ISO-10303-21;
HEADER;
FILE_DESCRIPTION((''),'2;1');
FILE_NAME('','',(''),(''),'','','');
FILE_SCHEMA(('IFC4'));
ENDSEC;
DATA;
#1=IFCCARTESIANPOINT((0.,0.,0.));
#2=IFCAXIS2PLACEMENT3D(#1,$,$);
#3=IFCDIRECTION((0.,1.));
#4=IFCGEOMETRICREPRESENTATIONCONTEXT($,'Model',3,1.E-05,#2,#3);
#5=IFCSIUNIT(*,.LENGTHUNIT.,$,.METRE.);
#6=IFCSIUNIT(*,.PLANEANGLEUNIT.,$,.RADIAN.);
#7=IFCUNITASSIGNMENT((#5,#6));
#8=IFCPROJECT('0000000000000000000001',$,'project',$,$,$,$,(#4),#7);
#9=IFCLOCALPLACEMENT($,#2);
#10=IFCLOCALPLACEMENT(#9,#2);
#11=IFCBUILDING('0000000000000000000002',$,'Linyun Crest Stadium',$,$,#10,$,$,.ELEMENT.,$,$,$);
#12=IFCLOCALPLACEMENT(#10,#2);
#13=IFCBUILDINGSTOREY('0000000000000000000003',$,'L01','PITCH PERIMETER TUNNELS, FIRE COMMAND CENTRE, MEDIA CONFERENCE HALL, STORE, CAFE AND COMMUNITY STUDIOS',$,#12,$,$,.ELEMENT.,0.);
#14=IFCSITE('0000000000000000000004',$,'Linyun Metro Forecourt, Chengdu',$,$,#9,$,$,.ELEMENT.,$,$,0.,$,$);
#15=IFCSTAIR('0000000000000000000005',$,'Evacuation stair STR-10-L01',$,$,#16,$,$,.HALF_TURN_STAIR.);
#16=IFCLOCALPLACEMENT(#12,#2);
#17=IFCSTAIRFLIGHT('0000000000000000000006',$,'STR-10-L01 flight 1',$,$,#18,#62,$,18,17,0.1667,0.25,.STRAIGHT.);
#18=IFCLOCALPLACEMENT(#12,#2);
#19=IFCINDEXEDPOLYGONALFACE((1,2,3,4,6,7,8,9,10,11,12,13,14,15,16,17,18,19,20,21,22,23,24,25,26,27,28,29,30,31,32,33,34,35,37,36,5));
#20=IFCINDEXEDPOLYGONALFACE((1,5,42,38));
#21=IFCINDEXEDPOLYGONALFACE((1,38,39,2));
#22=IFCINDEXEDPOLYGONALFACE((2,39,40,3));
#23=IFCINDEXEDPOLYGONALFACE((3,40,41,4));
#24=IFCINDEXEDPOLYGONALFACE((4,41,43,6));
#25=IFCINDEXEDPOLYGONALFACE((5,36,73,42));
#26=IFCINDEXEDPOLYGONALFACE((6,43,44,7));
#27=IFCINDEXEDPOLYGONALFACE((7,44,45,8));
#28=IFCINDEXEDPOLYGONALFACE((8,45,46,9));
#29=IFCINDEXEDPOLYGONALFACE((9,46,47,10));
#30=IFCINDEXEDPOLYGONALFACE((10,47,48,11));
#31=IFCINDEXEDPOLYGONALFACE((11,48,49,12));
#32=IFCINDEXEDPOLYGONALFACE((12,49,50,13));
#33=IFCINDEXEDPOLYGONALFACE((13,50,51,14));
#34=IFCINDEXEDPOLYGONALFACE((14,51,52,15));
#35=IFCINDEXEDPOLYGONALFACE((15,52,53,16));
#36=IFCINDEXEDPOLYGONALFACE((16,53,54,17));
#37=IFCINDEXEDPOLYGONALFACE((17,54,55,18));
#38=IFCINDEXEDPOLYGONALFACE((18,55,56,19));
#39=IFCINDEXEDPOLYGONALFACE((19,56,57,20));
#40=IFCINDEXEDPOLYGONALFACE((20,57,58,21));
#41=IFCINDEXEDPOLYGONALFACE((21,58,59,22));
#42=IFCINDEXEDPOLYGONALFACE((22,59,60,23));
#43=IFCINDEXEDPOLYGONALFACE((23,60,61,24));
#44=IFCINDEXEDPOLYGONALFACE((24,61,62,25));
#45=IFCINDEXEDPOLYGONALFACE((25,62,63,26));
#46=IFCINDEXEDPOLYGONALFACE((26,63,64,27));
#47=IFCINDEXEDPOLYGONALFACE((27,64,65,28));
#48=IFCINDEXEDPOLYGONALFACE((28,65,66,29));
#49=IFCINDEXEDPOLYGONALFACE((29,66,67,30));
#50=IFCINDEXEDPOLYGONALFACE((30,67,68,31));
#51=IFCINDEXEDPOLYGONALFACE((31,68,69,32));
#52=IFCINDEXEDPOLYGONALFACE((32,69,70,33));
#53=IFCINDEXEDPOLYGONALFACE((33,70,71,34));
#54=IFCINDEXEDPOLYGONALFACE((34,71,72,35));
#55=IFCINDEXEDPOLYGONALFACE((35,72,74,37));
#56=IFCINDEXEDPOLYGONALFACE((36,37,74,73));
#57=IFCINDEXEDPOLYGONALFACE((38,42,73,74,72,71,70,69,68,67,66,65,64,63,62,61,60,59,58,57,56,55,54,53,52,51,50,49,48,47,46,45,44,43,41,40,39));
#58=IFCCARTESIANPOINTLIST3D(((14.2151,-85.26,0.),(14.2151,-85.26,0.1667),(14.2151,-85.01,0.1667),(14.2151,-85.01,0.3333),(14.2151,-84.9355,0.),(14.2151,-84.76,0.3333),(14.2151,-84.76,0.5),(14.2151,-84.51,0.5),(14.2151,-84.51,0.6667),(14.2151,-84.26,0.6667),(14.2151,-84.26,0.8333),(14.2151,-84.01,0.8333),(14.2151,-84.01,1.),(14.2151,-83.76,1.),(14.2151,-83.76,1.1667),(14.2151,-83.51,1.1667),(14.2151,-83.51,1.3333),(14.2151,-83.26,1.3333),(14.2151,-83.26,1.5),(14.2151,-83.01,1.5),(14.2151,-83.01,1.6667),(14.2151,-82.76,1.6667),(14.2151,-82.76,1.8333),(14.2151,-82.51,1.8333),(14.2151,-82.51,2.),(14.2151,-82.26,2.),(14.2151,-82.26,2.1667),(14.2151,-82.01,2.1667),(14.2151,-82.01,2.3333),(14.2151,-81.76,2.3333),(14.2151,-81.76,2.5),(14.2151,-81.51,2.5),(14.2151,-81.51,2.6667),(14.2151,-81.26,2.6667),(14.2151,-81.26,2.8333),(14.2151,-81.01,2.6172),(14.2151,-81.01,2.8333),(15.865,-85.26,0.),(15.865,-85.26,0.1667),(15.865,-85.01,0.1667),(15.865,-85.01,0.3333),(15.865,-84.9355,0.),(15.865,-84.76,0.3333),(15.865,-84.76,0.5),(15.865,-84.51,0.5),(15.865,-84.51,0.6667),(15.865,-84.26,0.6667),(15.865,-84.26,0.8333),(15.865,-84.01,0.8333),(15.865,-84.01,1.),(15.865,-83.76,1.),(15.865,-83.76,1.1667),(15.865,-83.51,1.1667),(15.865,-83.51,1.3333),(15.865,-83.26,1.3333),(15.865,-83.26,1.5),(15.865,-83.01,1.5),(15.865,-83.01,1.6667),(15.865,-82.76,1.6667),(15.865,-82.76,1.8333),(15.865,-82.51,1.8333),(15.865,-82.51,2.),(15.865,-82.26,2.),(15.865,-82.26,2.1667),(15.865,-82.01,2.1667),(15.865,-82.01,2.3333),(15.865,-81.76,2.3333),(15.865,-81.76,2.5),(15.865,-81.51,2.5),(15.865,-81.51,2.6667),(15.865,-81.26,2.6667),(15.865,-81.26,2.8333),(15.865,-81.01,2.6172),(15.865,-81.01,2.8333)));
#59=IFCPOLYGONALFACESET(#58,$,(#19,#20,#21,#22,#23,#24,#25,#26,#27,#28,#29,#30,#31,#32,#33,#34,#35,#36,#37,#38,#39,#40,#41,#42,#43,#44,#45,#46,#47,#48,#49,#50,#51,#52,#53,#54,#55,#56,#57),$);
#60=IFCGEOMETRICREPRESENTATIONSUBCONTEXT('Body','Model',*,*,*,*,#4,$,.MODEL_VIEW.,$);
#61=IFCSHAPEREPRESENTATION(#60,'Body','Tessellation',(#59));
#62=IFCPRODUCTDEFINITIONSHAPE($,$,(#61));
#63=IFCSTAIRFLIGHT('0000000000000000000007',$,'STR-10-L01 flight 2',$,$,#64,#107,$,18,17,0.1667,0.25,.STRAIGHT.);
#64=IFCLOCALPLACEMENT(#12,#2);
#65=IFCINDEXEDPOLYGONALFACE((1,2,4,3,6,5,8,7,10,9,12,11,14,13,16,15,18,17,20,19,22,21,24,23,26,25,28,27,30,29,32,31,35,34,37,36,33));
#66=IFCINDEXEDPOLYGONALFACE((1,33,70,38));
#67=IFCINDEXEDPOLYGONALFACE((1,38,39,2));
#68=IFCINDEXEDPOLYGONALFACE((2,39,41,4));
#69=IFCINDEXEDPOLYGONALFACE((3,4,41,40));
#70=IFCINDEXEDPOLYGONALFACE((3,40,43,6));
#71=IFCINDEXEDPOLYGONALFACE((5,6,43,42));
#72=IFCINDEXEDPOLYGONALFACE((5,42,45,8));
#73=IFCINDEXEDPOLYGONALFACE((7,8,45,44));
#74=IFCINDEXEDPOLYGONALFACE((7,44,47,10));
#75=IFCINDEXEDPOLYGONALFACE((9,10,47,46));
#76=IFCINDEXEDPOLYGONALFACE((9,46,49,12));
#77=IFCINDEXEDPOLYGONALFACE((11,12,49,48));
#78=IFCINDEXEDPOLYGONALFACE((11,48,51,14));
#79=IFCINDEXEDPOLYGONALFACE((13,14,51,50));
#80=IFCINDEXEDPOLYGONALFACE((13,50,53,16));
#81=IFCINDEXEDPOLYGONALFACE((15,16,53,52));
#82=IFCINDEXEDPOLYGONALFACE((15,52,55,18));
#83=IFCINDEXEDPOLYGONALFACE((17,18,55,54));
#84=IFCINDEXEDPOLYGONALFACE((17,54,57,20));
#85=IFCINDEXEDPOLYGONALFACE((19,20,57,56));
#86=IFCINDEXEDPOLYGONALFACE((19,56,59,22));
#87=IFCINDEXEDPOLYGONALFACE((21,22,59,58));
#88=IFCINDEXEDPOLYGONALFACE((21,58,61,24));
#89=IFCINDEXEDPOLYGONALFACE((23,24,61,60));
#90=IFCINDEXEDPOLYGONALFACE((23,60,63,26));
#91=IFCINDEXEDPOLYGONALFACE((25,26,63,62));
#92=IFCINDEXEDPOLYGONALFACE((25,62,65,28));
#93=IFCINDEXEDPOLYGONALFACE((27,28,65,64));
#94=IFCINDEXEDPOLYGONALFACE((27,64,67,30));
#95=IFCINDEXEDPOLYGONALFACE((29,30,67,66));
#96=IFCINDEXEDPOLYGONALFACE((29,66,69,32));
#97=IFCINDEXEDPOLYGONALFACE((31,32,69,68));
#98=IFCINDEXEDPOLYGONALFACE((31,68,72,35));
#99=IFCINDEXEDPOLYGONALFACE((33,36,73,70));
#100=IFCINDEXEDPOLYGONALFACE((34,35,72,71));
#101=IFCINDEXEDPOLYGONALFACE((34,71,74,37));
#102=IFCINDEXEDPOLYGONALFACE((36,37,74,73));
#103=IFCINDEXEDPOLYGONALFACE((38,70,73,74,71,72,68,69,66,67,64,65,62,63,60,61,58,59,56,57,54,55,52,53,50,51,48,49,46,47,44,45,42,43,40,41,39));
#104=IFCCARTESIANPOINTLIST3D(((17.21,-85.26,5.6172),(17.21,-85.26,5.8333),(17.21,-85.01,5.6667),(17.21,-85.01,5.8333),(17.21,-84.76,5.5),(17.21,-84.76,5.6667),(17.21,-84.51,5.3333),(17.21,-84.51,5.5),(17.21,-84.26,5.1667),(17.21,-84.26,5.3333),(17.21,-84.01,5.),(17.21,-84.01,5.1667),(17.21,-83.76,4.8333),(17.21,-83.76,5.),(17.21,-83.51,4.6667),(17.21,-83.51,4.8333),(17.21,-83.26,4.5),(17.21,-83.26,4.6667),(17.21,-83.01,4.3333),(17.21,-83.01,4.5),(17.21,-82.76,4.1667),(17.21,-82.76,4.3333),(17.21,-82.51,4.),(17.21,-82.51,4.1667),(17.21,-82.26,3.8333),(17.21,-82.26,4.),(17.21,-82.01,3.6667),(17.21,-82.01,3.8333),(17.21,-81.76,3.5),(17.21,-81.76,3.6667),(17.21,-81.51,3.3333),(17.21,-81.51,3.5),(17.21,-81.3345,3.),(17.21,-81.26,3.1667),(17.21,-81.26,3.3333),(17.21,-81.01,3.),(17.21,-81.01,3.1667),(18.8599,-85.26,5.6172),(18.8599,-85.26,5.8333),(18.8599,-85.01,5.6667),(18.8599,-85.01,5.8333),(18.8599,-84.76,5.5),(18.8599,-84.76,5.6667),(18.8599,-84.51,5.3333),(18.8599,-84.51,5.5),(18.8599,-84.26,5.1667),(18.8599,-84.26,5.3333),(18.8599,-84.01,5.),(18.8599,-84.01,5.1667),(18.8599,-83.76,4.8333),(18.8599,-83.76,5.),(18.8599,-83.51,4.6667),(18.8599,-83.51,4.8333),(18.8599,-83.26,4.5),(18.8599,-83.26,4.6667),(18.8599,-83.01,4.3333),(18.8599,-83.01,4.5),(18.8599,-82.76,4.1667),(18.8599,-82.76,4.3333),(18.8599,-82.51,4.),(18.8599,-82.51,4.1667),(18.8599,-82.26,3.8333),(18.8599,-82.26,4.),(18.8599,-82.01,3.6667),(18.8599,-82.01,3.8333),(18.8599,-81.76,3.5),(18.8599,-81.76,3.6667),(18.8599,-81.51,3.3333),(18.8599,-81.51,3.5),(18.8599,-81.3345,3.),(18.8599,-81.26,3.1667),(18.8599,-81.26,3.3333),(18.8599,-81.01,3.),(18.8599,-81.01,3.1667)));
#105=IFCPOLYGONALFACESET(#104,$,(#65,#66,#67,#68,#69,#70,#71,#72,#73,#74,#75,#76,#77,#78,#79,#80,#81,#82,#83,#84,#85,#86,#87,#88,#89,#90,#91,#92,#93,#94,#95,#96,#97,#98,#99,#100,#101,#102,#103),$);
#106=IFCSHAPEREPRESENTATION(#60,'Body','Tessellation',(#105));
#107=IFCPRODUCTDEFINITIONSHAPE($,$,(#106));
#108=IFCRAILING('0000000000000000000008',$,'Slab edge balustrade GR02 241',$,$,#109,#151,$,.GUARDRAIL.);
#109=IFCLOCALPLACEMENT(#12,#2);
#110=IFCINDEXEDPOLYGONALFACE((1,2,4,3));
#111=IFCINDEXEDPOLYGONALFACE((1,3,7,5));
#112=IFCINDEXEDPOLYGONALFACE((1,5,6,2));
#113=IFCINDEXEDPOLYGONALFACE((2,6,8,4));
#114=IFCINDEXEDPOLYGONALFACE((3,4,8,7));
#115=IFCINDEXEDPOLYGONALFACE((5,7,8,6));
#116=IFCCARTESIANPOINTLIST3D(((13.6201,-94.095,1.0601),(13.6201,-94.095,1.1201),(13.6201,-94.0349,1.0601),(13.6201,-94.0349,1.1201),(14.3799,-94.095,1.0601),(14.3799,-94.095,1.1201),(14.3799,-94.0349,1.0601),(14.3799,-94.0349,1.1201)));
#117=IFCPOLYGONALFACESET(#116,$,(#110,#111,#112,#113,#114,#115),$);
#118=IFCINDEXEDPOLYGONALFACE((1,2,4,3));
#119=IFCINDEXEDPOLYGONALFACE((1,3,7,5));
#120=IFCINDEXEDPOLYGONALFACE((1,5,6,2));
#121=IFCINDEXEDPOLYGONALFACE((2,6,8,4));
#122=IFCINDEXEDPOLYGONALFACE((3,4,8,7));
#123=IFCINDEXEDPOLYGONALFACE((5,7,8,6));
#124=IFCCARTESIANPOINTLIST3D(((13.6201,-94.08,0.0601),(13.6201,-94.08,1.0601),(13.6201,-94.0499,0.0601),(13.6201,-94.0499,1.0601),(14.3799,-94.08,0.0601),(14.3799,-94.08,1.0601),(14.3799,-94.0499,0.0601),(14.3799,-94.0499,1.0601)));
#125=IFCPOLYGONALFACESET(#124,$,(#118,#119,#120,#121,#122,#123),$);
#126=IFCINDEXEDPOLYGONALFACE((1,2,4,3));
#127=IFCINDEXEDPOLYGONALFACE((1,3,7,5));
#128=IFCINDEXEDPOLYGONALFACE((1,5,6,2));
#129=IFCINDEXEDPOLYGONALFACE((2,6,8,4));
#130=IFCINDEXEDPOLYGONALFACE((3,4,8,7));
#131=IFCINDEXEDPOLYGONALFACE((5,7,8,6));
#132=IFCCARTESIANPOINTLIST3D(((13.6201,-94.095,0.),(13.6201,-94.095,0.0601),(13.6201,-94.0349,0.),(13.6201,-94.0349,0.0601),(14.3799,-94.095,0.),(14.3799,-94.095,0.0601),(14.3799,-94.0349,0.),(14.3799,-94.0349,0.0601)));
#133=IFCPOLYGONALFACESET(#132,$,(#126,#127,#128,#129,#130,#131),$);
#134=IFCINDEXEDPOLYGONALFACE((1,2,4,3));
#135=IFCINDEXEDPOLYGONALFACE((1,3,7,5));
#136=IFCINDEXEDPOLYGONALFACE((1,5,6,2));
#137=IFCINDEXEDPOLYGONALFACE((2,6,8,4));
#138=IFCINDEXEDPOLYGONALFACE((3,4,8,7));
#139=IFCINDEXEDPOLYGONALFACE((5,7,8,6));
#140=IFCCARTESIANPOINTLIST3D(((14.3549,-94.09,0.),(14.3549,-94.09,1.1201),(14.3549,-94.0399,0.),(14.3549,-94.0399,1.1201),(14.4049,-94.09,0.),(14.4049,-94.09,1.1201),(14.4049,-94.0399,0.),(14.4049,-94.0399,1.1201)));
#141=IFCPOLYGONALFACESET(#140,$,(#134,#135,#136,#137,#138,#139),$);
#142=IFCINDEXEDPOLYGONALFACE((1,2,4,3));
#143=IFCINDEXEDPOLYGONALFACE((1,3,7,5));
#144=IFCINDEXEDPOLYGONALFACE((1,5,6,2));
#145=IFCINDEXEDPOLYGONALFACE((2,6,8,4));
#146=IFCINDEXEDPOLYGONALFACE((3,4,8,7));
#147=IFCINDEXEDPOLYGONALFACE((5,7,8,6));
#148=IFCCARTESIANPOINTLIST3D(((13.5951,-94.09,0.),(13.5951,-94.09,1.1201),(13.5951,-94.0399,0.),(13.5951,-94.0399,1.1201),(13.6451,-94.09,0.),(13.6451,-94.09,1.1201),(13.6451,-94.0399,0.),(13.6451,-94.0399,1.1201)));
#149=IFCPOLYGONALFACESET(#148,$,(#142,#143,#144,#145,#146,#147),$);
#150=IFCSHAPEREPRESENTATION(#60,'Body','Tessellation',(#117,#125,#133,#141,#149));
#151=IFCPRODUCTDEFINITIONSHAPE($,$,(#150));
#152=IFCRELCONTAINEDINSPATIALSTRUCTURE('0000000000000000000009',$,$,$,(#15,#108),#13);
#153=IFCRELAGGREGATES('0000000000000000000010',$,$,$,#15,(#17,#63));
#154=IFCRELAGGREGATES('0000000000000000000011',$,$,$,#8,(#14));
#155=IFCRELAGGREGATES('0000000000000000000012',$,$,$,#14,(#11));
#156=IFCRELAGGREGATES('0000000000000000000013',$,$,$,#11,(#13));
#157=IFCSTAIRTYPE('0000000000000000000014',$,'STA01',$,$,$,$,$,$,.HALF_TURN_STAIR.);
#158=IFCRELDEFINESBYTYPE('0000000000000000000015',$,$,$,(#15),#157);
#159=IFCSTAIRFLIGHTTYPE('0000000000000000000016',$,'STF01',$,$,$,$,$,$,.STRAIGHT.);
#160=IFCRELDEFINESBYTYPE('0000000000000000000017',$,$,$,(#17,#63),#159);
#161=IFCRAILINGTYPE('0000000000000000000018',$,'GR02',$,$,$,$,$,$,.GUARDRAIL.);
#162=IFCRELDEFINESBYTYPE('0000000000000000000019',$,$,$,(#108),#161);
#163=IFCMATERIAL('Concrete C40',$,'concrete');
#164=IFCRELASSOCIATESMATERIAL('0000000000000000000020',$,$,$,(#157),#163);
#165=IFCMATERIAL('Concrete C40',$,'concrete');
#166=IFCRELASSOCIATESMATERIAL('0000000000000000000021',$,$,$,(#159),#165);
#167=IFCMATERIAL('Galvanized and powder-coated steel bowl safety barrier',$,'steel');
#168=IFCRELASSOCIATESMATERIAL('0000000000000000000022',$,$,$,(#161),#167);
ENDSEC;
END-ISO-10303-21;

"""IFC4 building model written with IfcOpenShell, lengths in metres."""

from ifc_helpers import new_model, si_unit, direction, frame, origin, origin_2d, place, context, subcontext, project, spatial, polyline, rectangle, outline, extrude, material, type_object, element, aggregate, save


model = new_model("IFC4")

# Units and contexts
model_context = context("Model", 3, precision=1e-05, world=origin(), true_north=direction((0.0, 1.0)))
body_context = subcontext(model_context, "Body", "Model", "MODEL_VIEW")
ifc_project = project(units=[si_unit("LENGTHUNIT", "METRE"), si_unit("PLANEANGLEUNIT", "RADIAN")], contexts=[model_context])

# Site, building, storey
site_placement = place(None, origin())
site = spatial("IfcSite", under=ifc_project, at=site_placement, Name="Linyun Metro Forecourt, Chengdu", CompositionType="ELEMENT", RefElevation=0.0)
building_placement = place(site_placement, origin())
building = spatial("IfcBuilding", under=site, at=building_placement, Name="Linyun Crest Stadium", CompositionType="ELEMENT")
storey_placement = place(building_placement, origin())
storey = spatial("IfcBuildingStorey", under=building, at=storey_placement, Name="L01", Description="PITCH PERIMETER TUNNELS, FIRE COMMAND CENTRE, MEDIA CONFERENCE HALL, STORE, CAFE AND COMMUNITY STUDIOS", CompositionType="ELEMENT", Elevation=0.0)

# Stair, stair flights
ifc_material_1 = material(Name="Concrete C40", Category="concrete")
stair_type = type_object("IfcStairType", Name="STA01", PredefinedType="HALF_TURN_STAIR", material=ifc_material_1)
stair_placement = place(storey_placement, origin())
stair = element("IfcStair", 1, at=stair_placement, inside=storey, type_object=stair_type, Name="Evacuation stair STR-10-L01", PredefinedType="HALF_TURN_STAIR")
ifc_material_2 = material(Name="Concrete C40", Category="concrete")
stair_flight_type = type_object("IfcStairFlightType", Name="STF01", PredefinedType="STRAIGHT", material=ifc_material_2)
stair_flight_1_placement = place(storey_placement, frame((15.04, -85.26, 0.0), z_axis=(0.0, 0.0, 1.0), x_axis=(0.0, 1.0, 0.0)))
stair_flight_1 = element("IfcStairFlight", 2, at=stair_flight_1_placement, type_object=stair_flight_type, Name="STR-10-L01 flight 1", NumberOfRisers=18, NumberOfTreads=17, PredefinedType="STRAIGHT", RiserHeight=0.1667, TreadLength=0.25, context=body_context, shape_type="SweptSolid", body=[
    extrude(outline(polyline([(0.0, 0.0), (0.0, 0.1667), (0.25, 0.1667), (0.25, 0.3333), (0.5, 0.3333), (0.5, 0.5), (0.75, 0.5), (0.75, 0.6667), (1.0, 0.6667), (1.0, 0.8333), (1.25, 0.8333), (1.25, 1.0), (1.5, 1.0), (1.5, 1.1667), (1.75, 1.1667), (1.75, 1.3333), (2.0, 1.3333), (2.0, 1.5), (2.25, 1.5), (2.25, 1.6667), (2.5, 1.6667), (2.5, 1.8333), (2.75, 1.8333), (2.75, 2.0), (3.0, 2.0), (3.0, 2.1667), (3.25, 2.1667), (3.25, 2.3333), (3.5, 2.3333), (3.5, 2.5), (3.75, 2.5), (3.75, 2.6667), (4.0, 2.6667), (4.0, 2.8333), (4.25, 2.8333), (4.25, 3.0), (4.25, 2.6172), (0.3245, 0.0), (0.0, 0.0)])), frame((0.0, 0.825, 0.0), z_axis=(0.0, -1.0, 0.0), x_axis=(1.0, 0.0, 0.0)), (0.0, 0.0, 1.0), 1.6499),
])
stair_flight_2_placement = place(storey_placement, frame((18.0349, -81.01, 3.0), z_axis=(0.0, 0.0, 1.0), x_axis=(0.0, -1.0, 0.0)))
stair_flight_2 = element("IfcStairFlight", 3, at=stair_flight_2_placement, type_object=stair_flight_type, Name="STR-10-L01 flight 2", NumberOfRisers=18, NumberOfTreads=17, PredefinedType="STRAIGHT", RiserHeight=0.1667, TreadLength=0.25, context=body_context, shape_type="SweptSolid", body=[
    extrude(outline(polyline([(0.0, 0.0), (0.0, 0.1667), (0.25, 0.1667), (0.25, 0.3333), (0.5, 0.3333), (0.5, 0.5), (0.75, 0.5), (0.75, 0.6667), (1.0, 0.6667), (1.0, 0.8333), (1.25, 0.8333), (1.25, 1.0), (1.5, 1.0), (1.5, 1.1667), (1.75, 1.1667), (1.75, 1.3333), (2.0, 1.3333), (2.0, 1.5), (2.25, 1.5), (2.25, 1.6667), (2.5, 1.6667), (2.5, 1.8333), (2.75, 1.8333), (2.75, 2.0), (3.0, 2.0), (3.0, 2.1667), (3.25, 2.1667), (3.25, 2.3333), (3.5, 2.3333), (3.5, 2.5), (3.75, 2.5), (3.75, 2.6667), (4.0, 2.6667), (4.0, 2.8333), (4.25, 2.8333), (4.25, 3.0), (4.25, 2.6172), (0.3245, 0.0), (0.0, 0.0)])), frame((0.0, 0.825, 0.0), z_axis=(0.0, -1.0, 0.0), x_axis=(1.0, 0.0, 0.0)), (0.0, 0.0, 1.0), 1.6499),
])
aggregate(stair, [stair_flight_1, stair_flight_2])

# Railing
ifc_material_3 = material(Name="Galvanized and powder-coated steel bowl safety barrier", Category="steel")
railing_type_1 = type_object("IfcRailingType", Name="GR02", PredefinedType="GUARDRAIL", material=ifc_material_3)
railing_1_placement = place(storey_placement, frame((14.3799, -94.0649, 0.0)))
element("IfcRailing", 4, at=railing_1_placement, inside=storey, type_object=railing_type_1, Name="Slab edge balustrade GR02 241", PredefinedType="GUARDRAIL", context=body_context, shape_type="SweptSolid", body=[
    extrude(rectangle(XDim=0.0601, YDim=0.0601, at=origin_2d()), frame((0.0, 0.0, 1.0901), z_axis=(-1.0, 0.0, 0.0), x_axis=(0.0, -1.0, 0.0)), (0.0, 0.0, 1.0), 0.7598),
    extrude(rectangle(XDim=0.03, YDim=1.0, at=origin_2d()), frame((0.0, 0.0, 0.5601), z_axis=(-1.0, 0.0, 0.0), x_axis=(0.0, -1.0, 0.0)), (0.0, 0.0, 1.0), 0.7598),
    extrude(rectangle(XDim=0.0601, YDim=0.0601, at=origin_2d()), frame((0.0, 0.0, 0.03), z_axis=(-1.0, 0.0, 0.0), x_axis=(0.0, -1.0, 0.0)), (0.0, 0.0, 1.0), 0.7598),
    extrude(rectangle(XDim=0.05, YDim=0.05, at=origin_2d()), origin(), (0.0, 0.0, 1.0), 1.1201),
    extrude(rectangle(XDim=0.05, YDim=0.05, at=origin_2d()), frame((-0.7598, 0.0, 0.0)), (0.0, 0.0, 1.0), 1.1201),
])

save(model, "model.ifc")
